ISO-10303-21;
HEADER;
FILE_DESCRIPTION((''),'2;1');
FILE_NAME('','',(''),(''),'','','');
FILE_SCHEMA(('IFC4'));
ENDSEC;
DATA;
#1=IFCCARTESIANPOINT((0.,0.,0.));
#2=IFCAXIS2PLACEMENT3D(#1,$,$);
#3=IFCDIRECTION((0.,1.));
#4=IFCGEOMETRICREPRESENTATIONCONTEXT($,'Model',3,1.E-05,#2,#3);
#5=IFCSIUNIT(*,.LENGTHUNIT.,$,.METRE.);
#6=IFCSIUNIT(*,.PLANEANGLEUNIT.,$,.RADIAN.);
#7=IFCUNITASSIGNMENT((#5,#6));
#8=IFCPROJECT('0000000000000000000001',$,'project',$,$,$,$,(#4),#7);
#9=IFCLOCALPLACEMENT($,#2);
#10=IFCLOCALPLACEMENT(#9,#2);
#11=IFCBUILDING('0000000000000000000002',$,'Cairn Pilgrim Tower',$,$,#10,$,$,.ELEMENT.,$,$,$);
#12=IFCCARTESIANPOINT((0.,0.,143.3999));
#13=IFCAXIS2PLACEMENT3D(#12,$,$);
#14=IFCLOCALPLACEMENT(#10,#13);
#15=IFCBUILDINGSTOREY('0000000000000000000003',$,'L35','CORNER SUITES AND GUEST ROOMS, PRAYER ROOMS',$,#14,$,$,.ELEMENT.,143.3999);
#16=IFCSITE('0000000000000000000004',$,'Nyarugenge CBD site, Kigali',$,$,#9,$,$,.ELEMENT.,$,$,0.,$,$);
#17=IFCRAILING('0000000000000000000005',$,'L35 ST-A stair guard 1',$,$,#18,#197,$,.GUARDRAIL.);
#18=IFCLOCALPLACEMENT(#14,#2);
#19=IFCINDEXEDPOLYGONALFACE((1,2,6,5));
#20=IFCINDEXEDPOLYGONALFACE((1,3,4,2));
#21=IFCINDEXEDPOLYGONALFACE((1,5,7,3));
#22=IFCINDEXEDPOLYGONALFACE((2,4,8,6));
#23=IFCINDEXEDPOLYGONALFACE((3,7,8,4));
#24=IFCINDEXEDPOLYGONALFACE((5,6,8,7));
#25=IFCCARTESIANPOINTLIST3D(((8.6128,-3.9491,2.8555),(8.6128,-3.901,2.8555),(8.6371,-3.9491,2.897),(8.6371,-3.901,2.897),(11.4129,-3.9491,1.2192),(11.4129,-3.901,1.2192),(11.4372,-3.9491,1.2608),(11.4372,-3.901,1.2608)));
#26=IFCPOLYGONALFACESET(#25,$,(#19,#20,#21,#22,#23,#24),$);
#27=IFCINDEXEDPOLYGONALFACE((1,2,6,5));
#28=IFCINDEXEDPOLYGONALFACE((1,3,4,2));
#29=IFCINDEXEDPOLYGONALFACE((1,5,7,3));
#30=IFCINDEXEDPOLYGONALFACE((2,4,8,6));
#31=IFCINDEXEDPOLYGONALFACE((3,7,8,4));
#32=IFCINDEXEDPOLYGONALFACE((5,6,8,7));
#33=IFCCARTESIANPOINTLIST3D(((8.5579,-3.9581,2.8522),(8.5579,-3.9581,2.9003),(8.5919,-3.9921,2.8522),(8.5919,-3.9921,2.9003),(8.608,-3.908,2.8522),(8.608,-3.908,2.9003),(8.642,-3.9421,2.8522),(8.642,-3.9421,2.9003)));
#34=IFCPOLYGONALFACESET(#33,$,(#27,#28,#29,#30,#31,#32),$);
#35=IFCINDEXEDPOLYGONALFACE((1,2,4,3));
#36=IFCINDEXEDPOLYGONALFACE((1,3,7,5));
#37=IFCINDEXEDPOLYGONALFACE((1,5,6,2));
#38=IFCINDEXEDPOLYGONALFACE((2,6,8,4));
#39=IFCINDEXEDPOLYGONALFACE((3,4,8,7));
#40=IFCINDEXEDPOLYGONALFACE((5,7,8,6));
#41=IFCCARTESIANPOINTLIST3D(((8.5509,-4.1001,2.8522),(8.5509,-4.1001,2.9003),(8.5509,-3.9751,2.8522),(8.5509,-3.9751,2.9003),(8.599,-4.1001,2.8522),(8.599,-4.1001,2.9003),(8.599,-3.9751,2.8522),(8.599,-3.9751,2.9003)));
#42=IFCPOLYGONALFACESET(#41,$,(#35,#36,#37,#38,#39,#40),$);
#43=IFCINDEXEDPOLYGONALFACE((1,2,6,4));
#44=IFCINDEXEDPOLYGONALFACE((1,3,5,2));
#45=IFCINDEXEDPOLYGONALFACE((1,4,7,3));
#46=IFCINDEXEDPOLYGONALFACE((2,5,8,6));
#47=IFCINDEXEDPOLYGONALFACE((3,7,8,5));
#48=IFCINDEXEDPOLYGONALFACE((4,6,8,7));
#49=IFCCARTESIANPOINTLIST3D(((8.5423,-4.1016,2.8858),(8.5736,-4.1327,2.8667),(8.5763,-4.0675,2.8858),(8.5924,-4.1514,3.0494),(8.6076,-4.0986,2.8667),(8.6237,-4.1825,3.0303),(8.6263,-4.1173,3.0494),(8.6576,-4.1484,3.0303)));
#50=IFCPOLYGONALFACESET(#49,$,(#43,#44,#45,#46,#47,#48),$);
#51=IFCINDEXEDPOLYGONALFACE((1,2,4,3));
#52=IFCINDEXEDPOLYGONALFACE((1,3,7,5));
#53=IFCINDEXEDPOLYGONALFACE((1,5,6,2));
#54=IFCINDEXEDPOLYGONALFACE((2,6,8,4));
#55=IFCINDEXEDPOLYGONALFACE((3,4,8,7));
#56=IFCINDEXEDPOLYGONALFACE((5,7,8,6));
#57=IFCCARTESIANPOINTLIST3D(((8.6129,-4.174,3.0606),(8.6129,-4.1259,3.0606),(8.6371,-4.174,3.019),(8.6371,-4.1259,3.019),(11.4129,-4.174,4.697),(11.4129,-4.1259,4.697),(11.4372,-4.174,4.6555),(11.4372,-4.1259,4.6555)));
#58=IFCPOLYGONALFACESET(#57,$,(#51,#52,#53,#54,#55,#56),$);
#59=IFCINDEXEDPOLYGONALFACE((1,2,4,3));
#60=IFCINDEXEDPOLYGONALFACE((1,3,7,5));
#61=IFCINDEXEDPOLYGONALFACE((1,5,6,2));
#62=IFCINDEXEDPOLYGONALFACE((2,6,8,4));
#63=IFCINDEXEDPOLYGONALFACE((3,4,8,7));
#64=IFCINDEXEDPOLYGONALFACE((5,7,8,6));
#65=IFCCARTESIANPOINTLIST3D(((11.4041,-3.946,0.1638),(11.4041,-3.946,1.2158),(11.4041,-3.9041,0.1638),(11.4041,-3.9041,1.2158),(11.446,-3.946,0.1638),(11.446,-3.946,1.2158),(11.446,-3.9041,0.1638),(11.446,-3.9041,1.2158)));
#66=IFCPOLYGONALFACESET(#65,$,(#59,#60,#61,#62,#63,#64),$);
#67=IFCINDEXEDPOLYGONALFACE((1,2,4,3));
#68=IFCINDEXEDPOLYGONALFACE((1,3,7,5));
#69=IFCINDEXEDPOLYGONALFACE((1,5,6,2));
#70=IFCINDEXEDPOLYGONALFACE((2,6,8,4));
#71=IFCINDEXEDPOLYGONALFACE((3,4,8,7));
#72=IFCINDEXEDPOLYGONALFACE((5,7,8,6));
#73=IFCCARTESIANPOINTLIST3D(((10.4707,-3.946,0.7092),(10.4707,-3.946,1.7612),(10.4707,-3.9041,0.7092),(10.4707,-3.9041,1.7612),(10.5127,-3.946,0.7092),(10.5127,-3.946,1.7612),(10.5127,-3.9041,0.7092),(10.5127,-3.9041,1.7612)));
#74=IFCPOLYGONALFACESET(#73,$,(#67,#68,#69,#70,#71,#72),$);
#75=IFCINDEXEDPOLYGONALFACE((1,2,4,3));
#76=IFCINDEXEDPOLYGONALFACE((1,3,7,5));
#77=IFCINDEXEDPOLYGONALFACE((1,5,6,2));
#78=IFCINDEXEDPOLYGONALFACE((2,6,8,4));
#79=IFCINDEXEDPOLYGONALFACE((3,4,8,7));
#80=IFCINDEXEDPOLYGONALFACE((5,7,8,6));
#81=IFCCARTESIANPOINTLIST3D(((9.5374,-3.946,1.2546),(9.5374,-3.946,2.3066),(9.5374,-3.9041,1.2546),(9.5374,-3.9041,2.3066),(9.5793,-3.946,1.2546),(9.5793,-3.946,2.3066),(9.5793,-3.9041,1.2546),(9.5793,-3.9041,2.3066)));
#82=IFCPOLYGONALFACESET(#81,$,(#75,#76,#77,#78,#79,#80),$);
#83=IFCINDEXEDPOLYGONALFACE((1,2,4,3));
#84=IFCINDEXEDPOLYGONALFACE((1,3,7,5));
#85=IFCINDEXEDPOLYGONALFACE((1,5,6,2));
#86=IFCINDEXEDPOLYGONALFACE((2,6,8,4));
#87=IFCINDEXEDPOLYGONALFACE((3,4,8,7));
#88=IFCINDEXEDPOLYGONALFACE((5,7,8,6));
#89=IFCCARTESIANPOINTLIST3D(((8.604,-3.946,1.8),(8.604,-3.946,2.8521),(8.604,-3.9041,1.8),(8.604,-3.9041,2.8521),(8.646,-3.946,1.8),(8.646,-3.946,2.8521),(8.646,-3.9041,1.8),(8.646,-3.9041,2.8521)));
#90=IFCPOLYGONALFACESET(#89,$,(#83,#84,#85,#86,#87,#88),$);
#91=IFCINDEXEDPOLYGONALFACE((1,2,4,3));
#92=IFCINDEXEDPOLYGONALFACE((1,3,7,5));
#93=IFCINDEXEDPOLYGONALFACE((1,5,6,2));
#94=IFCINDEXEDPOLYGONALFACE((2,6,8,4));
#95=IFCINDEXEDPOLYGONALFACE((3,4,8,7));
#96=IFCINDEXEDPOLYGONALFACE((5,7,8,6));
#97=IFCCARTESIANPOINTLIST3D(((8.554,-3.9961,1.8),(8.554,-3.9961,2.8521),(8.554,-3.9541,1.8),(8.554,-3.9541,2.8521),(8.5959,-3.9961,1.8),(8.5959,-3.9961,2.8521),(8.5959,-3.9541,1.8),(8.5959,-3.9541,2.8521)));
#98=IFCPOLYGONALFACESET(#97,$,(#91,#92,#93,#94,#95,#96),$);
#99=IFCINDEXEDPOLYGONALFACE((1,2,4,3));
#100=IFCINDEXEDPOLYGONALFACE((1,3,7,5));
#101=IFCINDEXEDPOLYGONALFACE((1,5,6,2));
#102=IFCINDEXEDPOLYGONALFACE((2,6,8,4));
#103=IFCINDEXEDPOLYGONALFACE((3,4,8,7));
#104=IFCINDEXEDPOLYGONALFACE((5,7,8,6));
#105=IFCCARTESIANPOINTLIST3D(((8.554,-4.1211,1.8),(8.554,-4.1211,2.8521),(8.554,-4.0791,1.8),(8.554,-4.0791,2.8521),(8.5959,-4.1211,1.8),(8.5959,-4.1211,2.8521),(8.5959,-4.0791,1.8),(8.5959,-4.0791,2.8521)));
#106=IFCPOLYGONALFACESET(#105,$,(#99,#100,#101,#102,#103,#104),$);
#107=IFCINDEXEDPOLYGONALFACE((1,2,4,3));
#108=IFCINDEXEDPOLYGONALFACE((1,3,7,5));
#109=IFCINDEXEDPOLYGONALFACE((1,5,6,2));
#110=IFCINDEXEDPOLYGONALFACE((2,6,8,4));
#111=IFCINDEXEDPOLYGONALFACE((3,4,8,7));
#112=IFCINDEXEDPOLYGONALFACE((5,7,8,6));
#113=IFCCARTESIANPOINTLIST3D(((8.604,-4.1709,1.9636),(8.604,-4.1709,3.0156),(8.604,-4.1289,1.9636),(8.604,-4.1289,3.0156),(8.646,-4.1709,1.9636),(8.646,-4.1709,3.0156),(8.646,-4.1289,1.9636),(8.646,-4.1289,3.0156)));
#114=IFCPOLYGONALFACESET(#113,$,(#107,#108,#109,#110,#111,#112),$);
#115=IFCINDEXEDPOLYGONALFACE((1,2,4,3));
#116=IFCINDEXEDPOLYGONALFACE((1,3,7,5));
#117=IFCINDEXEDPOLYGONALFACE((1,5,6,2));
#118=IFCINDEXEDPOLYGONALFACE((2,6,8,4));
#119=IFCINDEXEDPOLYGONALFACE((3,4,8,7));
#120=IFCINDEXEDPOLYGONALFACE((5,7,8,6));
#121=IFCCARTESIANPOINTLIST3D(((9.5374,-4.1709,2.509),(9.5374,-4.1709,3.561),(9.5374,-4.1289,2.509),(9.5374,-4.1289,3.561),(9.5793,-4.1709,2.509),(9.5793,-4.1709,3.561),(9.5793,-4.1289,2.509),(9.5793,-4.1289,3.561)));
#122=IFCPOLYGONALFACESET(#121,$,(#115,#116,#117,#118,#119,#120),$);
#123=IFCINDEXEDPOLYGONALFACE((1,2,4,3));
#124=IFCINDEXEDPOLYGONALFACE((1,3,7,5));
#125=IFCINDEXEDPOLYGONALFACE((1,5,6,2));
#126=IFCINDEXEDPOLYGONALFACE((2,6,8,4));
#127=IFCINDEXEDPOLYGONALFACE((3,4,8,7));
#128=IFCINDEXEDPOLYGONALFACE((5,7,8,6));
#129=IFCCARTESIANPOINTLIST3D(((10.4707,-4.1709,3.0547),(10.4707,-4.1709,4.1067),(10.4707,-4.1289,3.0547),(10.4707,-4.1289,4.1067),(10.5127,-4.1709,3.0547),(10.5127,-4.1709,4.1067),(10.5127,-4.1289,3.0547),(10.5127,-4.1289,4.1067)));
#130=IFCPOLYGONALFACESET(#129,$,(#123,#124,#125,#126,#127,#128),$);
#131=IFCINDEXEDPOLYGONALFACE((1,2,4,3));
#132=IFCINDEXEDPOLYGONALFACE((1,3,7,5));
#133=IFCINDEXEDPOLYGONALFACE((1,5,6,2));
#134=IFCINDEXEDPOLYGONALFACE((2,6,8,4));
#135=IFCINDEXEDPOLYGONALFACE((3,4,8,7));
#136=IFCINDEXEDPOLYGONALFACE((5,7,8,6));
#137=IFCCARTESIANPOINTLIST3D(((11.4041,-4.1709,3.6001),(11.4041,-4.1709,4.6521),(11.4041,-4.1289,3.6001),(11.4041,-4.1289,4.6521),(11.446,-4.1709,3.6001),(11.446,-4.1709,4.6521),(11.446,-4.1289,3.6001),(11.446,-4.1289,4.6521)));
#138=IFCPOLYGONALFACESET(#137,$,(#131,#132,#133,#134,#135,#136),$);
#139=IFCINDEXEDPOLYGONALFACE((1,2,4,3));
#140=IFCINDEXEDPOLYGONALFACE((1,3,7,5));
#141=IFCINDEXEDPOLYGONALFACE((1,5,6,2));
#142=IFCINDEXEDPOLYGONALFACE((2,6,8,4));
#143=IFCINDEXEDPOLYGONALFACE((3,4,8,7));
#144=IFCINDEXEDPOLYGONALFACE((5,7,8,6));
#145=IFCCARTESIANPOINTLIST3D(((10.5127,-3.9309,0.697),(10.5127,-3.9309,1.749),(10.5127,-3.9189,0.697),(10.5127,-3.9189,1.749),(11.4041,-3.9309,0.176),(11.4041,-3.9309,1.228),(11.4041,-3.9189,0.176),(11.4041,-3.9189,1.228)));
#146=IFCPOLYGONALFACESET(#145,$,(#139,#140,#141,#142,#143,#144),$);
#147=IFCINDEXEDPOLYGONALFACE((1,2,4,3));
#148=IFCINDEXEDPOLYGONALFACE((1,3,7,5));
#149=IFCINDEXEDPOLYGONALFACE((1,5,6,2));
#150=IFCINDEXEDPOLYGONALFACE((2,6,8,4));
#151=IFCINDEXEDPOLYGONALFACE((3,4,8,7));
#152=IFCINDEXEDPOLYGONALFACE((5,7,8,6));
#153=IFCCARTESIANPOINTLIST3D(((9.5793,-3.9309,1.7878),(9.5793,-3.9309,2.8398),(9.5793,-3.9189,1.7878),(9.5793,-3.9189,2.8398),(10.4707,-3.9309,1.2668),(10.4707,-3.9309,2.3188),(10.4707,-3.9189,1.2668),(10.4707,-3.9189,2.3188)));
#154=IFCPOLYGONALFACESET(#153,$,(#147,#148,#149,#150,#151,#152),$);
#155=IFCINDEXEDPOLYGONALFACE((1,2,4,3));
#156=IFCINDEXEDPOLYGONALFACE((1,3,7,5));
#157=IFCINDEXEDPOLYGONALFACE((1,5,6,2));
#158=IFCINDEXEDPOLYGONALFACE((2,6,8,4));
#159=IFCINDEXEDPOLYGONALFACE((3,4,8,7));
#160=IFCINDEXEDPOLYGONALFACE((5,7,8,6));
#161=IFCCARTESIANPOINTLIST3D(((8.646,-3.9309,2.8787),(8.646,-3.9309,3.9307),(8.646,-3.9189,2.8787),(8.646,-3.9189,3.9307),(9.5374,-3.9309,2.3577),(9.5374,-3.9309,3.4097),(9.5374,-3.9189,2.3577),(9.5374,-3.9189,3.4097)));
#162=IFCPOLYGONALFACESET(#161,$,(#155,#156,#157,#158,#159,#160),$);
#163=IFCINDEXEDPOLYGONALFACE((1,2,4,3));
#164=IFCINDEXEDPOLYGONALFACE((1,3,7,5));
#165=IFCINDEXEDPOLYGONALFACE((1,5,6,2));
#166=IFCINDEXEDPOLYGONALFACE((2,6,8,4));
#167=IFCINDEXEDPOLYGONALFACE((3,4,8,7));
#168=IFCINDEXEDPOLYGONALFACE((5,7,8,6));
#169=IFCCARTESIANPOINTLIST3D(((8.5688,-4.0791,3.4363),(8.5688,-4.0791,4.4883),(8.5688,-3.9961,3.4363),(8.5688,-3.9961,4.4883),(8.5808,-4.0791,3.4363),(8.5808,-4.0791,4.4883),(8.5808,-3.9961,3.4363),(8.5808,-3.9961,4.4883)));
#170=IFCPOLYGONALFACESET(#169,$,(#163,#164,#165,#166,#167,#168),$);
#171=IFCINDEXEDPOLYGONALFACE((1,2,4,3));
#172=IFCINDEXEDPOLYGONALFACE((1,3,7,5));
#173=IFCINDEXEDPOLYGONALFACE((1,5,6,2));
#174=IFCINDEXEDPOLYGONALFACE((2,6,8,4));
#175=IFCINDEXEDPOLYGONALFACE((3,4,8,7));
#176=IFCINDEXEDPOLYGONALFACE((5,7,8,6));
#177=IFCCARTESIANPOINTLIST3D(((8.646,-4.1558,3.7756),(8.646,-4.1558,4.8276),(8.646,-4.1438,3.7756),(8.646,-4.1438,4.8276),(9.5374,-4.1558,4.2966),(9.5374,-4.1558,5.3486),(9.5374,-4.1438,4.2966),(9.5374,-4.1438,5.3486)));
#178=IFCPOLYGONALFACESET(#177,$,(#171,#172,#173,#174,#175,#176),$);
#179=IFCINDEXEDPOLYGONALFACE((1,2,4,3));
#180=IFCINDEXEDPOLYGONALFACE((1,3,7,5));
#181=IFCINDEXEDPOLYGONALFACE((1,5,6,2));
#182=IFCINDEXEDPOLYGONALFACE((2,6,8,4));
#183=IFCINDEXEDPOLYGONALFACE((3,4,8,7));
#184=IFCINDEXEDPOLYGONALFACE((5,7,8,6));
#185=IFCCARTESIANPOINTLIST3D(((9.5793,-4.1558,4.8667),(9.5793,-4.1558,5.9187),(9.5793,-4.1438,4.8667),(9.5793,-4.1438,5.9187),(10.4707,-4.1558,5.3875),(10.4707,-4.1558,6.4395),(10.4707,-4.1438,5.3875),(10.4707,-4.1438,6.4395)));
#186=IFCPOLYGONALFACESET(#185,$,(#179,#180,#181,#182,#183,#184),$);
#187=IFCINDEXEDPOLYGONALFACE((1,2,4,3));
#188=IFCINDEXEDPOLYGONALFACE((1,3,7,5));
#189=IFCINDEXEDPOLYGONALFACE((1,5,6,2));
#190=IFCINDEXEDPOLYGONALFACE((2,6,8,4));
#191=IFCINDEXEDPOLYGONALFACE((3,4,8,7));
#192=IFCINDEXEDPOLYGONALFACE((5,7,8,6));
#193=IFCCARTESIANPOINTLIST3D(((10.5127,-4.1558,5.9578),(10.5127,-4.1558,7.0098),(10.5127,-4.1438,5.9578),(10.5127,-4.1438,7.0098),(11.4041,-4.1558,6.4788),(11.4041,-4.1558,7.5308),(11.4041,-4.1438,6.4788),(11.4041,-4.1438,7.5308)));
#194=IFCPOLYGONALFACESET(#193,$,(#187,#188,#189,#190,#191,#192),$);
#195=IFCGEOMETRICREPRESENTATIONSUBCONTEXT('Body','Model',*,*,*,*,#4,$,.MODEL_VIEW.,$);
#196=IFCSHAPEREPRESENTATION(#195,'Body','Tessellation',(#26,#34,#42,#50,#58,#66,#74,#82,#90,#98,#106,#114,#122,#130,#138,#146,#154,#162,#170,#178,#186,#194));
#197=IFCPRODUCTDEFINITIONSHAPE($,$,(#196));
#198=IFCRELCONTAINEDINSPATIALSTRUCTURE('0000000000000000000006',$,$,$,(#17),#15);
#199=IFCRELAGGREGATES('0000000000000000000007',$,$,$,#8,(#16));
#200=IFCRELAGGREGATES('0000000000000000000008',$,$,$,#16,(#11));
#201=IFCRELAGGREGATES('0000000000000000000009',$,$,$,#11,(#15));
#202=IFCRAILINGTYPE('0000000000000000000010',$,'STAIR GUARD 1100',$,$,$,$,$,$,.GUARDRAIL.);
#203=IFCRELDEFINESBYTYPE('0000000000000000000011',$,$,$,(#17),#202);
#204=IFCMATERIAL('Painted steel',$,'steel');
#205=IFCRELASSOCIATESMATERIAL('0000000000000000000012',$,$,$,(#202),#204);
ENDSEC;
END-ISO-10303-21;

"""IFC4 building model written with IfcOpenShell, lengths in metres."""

from ifc_helpers import new_model, si_unit, direction, frame, origin, origin_2d, place, context, subcontext, project, spatial, polyline, rectangle, outline, extrude, material, type_object, element, save


model = new_model("IFC4")

# Units and contexts
model_context = context("Model", 3, precision=1e-05, world=origin(), true_north=direction((0.0, 1.0)))
body_context = subcontext(model_context, "Body", "Model", "MODEL_VIEW")
ifc_project = project(units=[si_unit("LENGTHUNIT", "METRE"), si_unit("PLANEANGLEUNIT", "RADIAN")], contexts=[model_context])

# Site, building, storey
site_placement = place(None, origin())
site = spatial("IfcSite", under=ifc_project, at=site_placement, Name="Nyarugenge CBD site, Kigali", CompositionType="ELEMENT", RefElevation=0.0)
building_placement = place(site_placement, origin())
building = spatial("IfcBuilding", under=site, at=building_placement, Name="Cairn Pilgrim Tower", CompositionType="ELEMENT")
storey_placement = place(building_placement, frame((0.0, 0.0, 143.3999)))
storey = spatial("IfcBuildingStorey", under=building, at=storey_placement, Name="L35", Description="CORNER SUITES AND GUEST ROOMS, PRAYER ROOMS", CompositionType="ELEMENT", Elevation=143.3999)

# Railing
ifc_material_1 = material(Name="Painted steel", Category="steel")
railing_type_1 = type_object("IfcRailingType", Name="STAIR GUARD 1100", PredefinedType="GUARDRAIL", material=ifc_material_1)
railing_1_placement = place(storey_placement, frame((11.425, -3.925, 0.1638)))
element("IfcRailing", 1, at=railing_1_placement, inside=storey, type_object=railing_type_1, Name="L35 ST-A stair guard 1", PredefinedType="GUARDRAIL", context=body_context, shape_type="SweptSolid", body=[
    extrude(rectangle(XDim=0.0481, YDim=0.0481, at=origin_2d()), frame((0.0, 0.0, 1.0762), z_axis=(-0.863394, 0.0, 0.504531), x_axis=(0.0, -1.0, 0.0)), (0.0, 0.0, 1.0), 3.2432),
    extrude(rectangle(XDim=0.0481, YDim=0.0481, at=origin_2d()), frame((-2.8, 0.0, 2.7124), z_axis=(-0.707107, -0.707107, 0.0), x_axis=(0.707107, -0.707107, 0.0)), (0.0, 0.0, 1.0), 0.0708),
    extrude(rectangle(XDim=0.0481, YDim=0.0481, at=origin_2d()), frame((-2.8501, -0.05, 2.7124), z_axis=(0.0, -1.0, 0.0), x_axis=(1.0, 0.0, 0.0)), (0.0, 0.0, 1.0), 0.125),
    extrude(rectangle(XDim=0.0481, YDim=0.0481, at=origin_2d()), frame((-2.8501, -0.175, 2.7124), z_axis=(0.280917, -0.279546, 0.918118), x_axis=(0.705376, 0.708834, 0.0)), (0.0, 0.0, 1.0), 0.1782),
    extrude(rectangle(XDim=0.0481, YDim=0.0481, at=origin_2d()), frame((-2.8, -0.2249, 2.876), z_axis=(0.863361, 0.0, 0.504587), x_axis=(0.0, 1.0, 0.0)), (0.0, 0.0, 1.0), 3.2432),
    extrude(rectangle(XDim=0.042, YDim=0.042, at=origin_2d()), origin(), (0.0, 0.0, 1.0), 1.052),
    extrude(rectangle(XDim=0.042, YDim=0.042, at=origin_2d()), frame((-0.9333, 0.0, 0.5454)), (0.0, 0.0, 1.0), 1.052),
    extrude(rectangle(XDim=0.042, YDim=0.042, at=origin_2d()), frame((-1.8667, 0.0, 1.0908)), (0.0, 0.0, 1.0), 1.052),
    extrude(rectangle(XDim=0.042, YDim=0.042, at=origin_2d()), frame((-2.8, 0.0, 1.6362)), (0.0, 0.0, 1.0), 1.052),
    extrude(rectangle(XDim=0.042, YDim=0.042, at=origin_2d()), frame((-2.8501, -0.05, 1.6362)), (0.0, 0.0, 1.0), 1.052),
    extrude(rectangle(XDim=0.042, YDim=0.042, at=origin_2d()), frame((-2.8501, -0.175, 1.6362)), (0.0, 0.0, 1.0), 1.052),
    extrude(rectangle(XDim=0.042, YDim=0.042, at=origin_2d()), frame((-2.8, -0.2249, 1.7998)), (0.0, 0.0, 1.0), 1.052),
    extrude(rectangle(XDim=0.042, YDim=0.042, at=origin_2d()), frame((-1.8667, -0.2249, 2.3452)), (0.0, 0.0, 1.0), 1.052),
    extrude(rectangle(XDim=0.042, YDim=0.042, at=origin_2d()), frame((-0.9333, -0.2249, 2.8909)), (0.0, 0.0, 1.0), 1.052),
    extrude(rectangle(XDim=0.042, YDim=0.042, at=origin_2d()), frame((0.0, -0.2249, 3.4363)), (0.0, 0.0, 1.0), 1.052),
    extrude(outline(polyline([(0.021, 0.0122), (0.9124, 0.5332), (0.9124, 1.5852), (0.021, 1.0642), (0.021, 0.0122)])), frame((0.0, -0.0059, 0.0), z_axis=(0.0, 1.0, 0.0), x_axis=(-1.0, 0.0, 0.0)), (0.0, 0.0, 1.0), 0.012),
    extrude(outline(polyline([(0.021, 0.5576), (0.9124, 1.0786), (0.9124, 2.1306), (0.021, 1.6096), (0.021, 0.5576)])), frame((-0.9333, -0.0059, 0.5454), z_axis=(0.0, 1.0, 0.0), x_axis=(-1.0, 0.0, 0.0)), (0.0, 0.0, 1.0), 0.012),
    extrude(outline(polyline([(0.021, 1.103), (0.9124, 1.624), (0.9124, 2.676), (0.021, 2.155), (0.021, 1.103)])), frame((-1.8667, -0.0059, 1.0908), z_axis=(0.0, 1.0, 0.0), x_axis=(-1.0, 0.0, 0.0)), (0.0, 0.0, 1.0), 0.012),
    extrude(outline(polyline([(0.021, 1.6362), (0.104, 1.6362), (0.104, 2.6882), (0.021, 2.6882), (0.021, 1.6362)])), frame((-2.8442, -0.05, 1.6362), z_axis=(-1.0, 0.0, 0.0), x_axis=(0.0, -1.0, 0.0)), (0.0, 0.0, 1.0), 0.012),
    extrude(outline(polyline([(0.021, 1.812), (0.9124, 2.333), (0.9124, 3.385), (0.021, 2.864), (0.021, 1.812)])), frame((-2.8, -0.2188, 1.7998), z_axis=(0.0, -1.0, 0.0), x_axis=(1.0, 0.0, 0.0)), (0.0, 0.0, 1.0), 0.012),
    extrude(outline(polyline([(0.021, 2.3577), (0.9124, 2.8784), (0.9124, 3.9304), (0.021, 3.4097), (0.021, 2.3577)])), frame((-1.8667, -0.2188, 2.3452), z_axis=(0.0, -1.0, 0.0), x_axis=(1.0, 0.0, 0.0)), (0.0, 0.0, 1.0), 0.012),
    extrude(outline(polyline([(0.021, 2.9031), (0.9124, 3.4241), (0.9124, 4.4761), (0.021, 3.9551), (0.021, 2.9031)])), frame((-0.9333, -0.2188, 2.8909), z_axis=(0.0, -1.0, 0.0), x_axis=(1.0, 0.0, 0.0)), (0.0, 0.0, 1.0), 0.012),
])

save(model, "model.ifc")
